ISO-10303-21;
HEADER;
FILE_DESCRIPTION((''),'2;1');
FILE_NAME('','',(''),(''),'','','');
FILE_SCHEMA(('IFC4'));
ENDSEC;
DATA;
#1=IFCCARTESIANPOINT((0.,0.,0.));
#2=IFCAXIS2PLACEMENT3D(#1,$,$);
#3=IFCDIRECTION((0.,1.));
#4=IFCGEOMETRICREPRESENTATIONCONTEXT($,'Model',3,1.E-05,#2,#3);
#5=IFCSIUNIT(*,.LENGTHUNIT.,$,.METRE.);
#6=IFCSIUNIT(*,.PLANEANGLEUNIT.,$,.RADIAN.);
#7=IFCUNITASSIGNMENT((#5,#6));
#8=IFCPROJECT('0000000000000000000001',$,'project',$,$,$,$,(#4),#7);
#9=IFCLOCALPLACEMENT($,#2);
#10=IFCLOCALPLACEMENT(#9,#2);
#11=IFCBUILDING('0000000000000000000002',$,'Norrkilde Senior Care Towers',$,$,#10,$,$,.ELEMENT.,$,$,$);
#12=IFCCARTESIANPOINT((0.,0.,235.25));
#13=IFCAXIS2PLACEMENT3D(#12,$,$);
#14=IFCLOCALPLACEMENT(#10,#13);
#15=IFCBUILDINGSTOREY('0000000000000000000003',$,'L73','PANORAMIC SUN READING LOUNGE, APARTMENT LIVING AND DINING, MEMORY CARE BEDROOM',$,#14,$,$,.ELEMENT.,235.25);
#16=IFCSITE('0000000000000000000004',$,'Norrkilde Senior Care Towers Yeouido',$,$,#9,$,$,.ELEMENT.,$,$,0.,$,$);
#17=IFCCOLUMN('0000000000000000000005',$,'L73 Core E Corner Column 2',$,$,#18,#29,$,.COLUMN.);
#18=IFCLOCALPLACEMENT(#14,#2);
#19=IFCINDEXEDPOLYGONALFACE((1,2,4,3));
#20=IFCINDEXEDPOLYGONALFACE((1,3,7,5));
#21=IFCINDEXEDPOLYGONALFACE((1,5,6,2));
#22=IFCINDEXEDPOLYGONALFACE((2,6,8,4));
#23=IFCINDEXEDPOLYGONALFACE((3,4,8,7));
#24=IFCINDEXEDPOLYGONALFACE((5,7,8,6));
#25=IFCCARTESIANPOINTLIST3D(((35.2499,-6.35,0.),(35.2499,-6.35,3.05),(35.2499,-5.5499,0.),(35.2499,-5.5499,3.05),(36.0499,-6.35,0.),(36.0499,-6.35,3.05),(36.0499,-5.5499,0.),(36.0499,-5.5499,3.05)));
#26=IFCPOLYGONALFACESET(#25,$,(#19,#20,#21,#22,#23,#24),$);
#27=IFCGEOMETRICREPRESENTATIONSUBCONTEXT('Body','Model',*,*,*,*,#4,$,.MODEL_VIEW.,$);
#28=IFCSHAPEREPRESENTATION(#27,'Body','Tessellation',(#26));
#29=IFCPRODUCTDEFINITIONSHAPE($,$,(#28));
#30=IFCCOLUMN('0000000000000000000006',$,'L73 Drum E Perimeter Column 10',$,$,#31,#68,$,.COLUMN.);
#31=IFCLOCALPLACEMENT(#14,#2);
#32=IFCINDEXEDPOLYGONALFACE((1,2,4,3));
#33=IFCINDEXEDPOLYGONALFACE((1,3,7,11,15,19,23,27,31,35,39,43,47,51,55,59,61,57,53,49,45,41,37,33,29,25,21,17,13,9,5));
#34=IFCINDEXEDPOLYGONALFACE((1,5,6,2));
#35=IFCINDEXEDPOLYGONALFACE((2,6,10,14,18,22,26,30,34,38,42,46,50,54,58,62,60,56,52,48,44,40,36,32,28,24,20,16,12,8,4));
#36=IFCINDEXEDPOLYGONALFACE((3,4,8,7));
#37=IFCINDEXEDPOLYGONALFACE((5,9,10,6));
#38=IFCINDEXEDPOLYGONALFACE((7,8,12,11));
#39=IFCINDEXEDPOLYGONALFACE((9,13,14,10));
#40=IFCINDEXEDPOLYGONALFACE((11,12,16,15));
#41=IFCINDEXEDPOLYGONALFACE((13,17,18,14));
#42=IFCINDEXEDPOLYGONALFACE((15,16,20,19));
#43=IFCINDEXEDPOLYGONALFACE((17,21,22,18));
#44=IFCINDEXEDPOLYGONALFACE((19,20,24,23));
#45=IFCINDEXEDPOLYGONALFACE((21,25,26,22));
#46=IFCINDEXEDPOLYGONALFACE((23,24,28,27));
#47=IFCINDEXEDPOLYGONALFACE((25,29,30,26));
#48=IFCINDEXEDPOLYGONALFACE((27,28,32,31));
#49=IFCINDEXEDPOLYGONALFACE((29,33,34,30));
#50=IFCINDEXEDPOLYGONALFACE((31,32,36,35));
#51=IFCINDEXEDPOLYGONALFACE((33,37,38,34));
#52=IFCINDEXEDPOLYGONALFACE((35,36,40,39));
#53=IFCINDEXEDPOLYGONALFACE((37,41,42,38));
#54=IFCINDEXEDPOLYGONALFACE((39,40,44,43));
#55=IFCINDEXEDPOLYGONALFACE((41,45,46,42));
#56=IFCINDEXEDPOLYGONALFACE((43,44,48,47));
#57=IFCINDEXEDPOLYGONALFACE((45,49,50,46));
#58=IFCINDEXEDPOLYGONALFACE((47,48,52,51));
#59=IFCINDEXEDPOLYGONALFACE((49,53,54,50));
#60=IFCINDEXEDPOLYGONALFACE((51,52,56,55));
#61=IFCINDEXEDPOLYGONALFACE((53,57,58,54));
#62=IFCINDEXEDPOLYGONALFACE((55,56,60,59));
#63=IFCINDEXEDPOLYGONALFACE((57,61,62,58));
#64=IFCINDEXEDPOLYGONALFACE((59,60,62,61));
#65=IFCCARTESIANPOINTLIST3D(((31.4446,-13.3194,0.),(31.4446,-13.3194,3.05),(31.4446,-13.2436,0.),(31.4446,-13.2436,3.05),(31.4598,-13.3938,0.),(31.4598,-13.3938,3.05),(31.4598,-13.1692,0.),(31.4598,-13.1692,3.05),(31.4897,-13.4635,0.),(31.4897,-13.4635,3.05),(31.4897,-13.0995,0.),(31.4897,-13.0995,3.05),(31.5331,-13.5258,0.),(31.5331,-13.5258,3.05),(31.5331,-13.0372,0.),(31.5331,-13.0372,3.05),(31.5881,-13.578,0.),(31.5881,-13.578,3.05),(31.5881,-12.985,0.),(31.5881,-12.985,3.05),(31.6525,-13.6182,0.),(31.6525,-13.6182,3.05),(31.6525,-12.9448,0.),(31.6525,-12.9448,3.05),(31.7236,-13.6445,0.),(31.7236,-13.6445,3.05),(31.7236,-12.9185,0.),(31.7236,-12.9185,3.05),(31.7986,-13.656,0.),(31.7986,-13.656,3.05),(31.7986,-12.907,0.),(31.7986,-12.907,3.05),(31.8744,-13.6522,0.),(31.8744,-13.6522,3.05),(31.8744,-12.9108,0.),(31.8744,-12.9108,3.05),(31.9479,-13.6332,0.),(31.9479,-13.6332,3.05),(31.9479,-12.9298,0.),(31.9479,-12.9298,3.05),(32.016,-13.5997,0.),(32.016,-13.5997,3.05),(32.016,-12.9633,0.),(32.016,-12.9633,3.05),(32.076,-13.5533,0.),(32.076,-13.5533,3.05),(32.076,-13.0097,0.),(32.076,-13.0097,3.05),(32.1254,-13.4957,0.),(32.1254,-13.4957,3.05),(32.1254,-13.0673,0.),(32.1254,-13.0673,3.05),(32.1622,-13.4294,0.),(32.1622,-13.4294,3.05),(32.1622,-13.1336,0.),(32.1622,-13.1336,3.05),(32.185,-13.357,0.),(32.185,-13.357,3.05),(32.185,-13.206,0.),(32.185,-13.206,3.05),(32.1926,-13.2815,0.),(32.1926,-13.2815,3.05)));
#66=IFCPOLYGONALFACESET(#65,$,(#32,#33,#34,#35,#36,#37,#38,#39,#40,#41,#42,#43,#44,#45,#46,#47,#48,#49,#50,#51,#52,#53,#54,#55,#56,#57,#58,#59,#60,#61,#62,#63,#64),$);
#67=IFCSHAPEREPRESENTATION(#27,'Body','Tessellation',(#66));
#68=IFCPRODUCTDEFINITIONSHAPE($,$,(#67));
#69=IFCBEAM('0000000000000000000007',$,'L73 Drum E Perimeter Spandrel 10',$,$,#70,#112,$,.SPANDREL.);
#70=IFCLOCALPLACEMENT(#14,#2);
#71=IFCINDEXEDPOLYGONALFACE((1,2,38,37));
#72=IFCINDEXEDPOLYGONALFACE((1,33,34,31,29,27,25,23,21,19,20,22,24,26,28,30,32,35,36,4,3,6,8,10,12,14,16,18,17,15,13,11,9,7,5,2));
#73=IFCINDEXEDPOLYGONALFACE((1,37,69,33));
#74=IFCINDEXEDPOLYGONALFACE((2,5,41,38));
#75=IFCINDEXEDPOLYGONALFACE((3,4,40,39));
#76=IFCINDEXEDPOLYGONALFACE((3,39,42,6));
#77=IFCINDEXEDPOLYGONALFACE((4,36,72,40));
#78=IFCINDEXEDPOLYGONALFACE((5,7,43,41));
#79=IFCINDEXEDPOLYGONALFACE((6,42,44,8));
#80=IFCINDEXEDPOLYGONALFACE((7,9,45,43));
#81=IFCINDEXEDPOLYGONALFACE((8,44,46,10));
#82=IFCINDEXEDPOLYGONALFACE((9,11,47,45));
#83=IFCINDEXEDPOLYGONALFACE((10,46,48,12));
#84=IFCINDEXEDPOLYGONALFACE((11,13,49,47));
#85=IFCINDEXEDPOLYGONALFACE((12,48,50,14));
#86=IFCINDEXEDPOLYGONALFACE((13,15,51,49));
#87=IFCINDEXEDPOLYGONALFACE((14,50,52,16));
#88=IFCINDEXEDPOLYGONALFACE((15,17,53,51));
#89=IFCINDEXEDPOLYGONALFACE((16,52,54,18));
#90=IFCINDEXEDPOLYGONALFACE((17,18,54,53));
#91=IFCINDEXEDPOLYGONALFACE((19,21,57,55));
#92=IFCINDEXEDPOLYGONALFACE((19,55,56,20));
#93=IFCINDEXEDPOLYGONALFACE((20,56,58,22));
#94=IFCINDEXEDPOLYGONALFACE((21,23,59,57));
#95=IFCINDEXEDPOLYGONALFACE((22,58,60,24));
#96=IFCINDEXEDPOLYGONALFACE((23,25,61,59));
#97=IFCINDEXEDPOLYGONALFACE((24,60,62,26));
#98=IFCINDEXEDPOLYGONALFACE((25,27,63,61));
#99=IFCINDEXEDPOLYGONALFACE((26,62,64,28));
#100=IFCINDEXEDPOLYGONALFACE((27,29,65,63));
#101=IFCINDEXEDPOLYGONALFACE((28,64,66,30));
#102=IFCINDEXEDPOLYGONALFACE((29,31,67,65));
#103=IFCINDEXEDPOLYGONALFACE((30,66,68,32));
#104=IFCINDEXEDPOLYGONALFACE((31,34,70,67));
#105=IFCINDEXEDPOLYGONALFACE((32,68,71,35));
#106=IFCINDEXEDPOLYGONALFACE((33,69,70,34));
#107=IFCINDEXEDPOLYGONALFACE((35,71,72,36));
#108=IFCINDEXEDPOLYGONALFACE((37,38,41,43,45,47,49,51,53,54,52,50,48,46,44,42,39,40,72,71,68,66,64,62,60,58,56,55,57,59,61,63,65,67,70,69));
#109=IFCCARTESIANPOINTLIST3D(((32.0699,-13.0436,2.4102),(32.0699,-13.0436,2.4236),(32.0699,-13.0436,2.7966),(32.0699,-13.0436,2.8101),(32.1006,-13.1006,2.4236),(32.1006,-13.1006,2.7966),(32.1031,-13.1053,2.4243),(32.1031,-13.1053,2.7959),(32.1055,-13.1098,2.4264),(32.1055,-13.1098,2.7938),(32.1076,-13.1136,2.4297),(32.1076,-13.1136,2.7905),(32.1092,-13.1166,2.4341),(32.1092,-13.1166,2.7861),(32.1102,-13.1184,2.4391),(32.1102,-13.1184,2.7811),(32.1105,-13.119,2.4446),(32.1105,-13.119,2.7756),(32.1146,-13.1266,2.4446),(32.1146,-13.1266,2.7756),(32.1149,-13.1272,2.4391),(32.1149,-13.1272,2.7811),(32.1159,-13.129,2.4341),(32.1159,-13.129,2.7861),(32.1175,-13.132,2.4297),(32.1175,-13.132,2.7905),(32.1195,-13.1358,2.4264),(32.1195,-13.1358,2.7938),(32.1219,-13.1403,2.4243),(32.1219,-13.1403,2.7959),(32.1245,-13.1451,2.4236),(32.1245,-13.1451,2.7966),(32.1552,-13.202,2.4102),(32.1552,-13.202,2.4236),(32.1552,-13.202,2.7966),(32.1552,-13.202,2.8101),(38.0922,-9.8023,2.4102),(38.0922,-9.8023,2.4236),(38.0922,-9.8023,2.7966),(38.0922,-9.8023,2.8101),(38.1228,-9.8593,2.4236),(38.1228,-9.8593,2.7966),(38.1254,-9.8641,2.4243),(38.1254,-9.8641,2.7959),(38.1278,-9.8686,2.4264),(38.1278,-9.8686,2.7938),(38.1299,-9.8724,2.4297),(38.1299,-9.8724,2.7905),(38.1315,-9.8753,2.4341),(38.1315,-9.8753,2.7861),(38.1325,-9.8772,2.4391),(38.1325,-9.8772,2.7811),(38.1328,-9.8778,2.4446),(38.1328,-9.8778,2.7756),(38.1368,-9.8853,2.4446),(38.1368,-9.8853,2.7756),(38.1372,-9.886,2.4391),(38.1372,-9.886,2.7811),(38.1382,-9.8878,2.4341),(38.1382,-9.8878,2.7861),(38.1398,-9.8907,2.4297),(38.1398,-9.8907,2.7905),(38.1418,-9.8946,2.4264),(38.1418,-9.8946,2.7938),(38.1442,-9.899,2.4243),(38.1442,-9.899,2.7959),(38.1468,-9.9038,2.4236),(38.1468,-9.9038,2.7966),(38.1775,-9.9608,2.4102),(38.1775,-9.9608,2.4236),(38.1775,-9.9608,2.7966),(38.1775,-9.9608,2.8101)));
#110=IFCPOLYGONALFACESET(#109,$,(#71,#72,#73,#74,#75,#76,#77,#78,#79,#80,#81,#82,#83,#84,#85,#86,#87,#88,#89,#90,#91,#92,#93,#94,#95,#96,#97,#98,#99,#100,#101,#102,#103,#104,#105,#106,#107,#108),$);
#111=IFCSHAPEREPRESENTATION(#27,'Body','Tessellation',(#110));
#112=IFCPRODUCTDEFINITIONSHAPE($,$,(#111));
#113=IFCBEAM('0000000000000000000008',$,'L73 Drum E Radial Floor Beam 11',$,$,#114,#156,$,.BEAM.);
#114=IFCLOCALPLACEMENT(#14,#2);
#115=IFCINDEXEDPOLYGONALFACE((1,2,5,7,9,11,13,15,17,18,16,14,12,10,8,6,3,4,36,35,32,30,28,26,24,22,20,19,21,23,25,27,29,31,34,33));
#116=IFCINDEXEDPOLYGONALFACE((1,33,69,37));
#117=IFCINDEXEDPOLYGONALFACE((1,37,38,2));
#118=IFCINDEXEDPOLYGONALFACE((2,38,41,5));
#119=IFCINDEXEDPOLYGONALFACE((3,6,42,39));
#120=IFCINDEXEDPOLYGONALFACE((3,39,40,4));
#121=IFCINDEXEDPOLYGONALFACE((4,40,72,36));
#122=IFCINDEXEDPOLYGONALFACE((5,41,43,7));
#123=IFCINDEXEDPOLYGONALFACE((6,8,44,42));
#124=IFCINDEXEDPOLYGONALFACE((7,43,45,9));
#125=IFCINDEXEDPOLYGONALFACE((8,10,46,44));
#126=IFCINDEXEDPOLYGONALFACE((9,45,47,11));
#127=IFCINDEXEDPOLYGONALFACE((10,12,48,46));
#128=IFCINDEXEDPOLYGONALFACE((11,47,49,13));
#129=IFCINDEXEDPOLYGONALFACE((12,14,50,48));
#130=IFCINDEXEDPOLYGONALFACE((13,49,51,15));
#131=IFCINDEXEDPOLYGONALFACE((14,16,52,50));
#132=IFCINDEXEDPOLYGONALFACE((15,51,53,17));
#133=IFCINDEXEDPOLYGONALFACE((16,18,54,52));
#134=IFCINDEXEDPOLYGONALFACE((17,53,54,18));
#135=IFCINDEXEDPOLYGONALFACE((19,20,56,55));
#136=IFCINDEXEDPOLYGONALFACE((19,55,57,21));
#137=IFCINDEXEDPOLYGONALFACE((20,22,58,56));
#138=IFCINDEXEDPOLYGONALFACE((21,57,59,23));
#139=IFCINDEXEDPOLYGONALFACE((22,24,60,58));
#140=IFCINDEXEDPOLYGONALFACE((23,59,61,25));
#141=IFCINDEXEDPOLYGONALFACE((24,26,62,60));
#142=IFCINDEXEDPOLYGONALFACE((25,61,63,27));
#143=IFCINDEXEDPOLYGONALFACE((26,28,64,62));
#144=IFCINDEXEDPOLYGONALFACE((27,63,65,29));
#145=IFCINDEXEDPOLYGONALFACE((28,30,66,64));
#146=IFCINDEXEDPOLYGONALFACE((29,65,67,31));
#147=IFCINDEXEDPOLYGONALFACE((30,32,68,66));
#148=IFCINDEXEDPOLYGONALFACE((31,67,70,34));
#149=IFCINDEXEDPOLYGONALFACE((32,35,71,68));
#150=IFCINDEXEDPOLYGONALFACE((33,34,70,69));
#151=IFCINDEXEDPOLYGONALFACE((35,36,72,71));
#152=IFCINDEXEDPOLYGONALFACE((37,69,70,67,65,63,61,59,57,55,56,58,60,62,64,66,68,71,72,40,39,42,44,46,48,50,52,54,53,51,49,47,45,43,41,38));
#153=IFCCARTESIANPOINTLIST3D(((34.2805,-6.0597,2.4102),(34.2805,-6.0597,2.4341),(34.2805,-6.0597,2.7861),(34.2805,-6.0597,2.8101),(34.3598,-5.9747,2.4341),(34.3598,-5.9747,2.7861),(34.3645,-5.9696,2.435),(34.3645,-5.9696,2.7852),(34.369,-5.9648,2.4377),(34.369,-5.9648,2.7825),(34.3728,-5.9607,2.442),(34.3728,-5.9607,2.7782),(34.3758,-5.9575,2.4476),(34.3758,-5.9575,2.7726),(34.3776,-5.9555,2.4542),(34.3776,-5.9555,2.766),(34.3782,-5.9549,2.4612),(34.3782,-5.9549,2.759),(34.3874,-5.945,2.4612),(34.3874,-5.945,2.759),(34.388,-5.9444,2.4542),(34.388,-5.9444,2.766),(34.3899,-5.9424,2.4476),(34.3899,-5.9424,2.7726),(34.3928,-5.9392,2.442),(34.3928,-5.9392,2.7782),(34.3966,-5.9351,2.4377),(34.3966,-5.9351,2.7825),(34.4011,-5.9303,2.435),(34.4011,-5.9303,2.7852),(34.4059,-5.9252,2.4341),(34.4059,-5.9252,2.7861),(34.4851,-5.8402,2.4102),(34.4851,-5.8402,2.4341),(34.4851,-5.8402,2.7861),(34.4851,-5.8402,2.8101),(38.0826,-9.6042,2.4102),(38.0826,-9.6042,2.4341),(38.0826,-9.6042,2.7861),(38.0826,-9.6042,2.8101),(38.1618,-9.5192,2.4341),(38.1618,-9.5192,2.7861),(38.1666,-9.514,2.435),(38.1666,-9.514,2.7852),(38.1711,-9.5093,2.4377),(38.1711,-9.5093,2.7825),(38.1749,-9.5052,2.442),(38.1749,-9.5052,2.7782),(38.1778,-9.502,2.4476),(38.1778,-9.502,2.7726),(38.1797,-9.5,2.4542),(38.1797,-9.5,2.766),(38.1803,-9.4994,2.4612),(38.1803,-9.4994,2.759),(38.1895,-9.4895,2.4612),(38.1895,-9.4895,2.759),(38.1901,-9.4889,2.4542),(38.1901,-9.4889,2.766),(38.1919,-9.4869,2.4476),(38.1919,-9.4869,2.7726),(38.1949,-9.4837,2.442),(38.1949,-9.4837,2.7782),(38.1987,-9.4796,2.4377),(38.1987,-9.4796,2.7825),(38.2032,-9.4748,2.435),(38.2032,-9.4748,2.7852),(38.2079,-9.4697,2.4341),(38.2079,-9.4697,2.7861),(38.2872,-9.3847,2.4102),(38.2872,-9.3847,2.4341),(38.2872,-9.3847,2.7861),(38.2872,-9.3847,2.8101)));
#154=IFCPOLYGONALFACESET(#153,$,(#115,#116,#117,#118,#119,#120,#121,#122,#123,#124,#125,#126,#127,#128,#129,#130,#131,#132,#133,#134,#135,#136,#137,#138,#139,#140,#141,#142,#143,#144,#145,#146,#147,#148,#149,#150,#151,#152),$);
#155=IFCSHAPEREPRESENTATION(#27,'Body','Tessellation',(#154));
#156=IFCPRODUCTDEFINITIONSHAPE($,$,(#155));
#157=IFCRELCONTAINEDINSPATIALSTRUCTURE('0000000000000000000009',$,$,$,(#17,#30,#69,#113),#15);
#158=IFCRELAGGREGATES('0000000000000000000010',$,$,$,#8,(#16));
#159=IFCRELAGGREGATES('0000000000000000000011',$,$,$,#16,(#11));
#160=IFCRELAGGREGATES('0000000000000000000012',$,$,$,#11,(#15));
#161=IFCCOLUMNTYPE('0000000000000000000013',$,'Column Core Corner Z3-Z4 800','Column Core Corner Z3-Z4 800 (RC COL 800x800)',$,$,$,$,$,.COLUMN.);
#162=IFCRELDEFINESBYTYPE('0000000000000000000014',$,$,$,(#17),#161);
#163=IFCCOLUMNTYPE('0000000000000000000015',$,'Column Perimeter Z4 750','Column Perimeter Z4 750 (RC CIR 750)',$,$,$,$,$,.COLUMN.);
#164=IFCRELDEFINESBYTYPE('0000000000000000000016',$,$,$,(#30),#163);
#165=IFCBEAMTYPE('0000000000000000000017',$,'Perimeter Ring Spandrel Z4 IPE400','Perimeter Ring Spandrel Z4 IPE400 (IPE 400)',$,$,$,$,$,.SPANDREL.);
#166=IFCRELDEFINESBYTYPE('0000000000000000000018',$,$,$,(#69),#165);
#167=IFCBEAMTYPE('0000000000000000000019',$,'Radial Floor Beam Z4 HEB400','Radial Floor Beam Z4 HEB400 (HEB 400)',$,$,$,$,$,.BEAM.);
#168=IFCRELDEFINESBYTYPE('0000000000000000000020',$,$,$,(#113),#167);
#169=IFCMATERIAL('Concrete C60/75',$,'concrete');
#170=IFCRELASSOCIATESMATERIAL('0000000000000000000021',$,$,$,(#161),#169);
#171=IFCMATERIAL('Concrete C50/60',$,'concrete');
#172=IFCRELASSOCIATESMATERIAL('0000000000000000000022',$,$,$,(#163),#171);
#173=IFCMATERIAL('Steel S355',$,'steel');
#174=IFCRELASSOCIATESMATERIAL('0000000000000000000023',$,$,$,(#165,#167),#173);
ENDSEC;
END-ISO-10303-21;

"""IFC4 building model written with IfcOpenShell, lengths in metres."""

from ifc_helpers import new_model, si_unit, direction, frame, origin, origin_2d, place, context, subcontext, project, spatial, rectangle, circle, i_section, extrude, source, transform, mapped, material, material_profile, profile_set, type_object, type_shapes, element, save


model = new_model("IFC4")

# Units and contexts
model_context = context("Model", 3, precision=1e-05, world=origin(), true_north=direction((0.0, 1.0)))
body_context = subcontext(model_context, "Body", "Model", "MODEL_VIEW")
ifc_project = project(units=[si_unit("LENGTHUNIT", "METRE"), si_unit("PLANEANGLEUNIT", "RADIAN")], contexts=[model_context])

# Site, building, storey
site_placement = place(None, origin())
site = spatial("IfcSite", under=ifc_project, at=site_placement, Name="Norrkilde Senior Care Towers Yeouido", CompositionType="ELEMENT", RefElevation=0.0)
building_placement = place(site_placement, origin())
building = spatial("IfcBuilding", under=site, at=building_placement, Name="Norrkilde Senior Care Towers", CompositionType="ELEMENT")
storey_placement = place(building_placement, frame((0.0, 0.0, 235.25)))
storey = spatial("IfcBuildingStorey", under=building, at=storey_placement, Name="L73", Description="PANORAMIC SUN READING LOUNGE, APARTMENT LIVING AND DINING, MEMORY CARE BEDROOM", CompositionType="ELEMENT", Elevation=235.25)

# Columns
ifc_material_1 = material(Name="Concrete C60/75", Category="concrete")
ifc_material_profile_1 = material_profile(ifc_material_1, rectangle(XDim=0.8, YDim=0.8, at=origin_2d()), Name="RC COL 800x800")
ifc_profile_set_1 = profile_set([ifc_material_profile_1], Name="Concrete C60/75")
column_type_1 = type_object("IfcColumnType", Name="Column Core Corner Z3-Z4 800", Description="Column Core Corner Z3-Z4 800 (RC COL 800x800)", PredefinedType="COLUMN", material=ifc_profile_set_1)
shared_shape_1 = source(origin(), body_context, "Body", "SweptSolid", [
    extrude(rectangle(XDim=0.8, YDim=0.8, at=origin_2d()), origin(), (0.0, 0.0, 1.0), 3.05),
])
type_shapes(column_type_1, [shared_shape_1])
column_1_placement = place(storey_placement, frame((35.6499, -5.95, 0.0), z_axis=(0.0, 0.0, 1.0), x_axis=(1.0, 0.0, 0.0)))
element("IfcColumn", 1, at=column_1_placement, inside=storey, type_object=column_type_1, Name="L73 Core E Corner Column 2", PredefinedType="COLUMN", context=body_context, shape_type="MappedRepresentation", body=[
    mapped(shared_shape_1, transform((0.0, 0.0, 0.0), x_axis=(1.0, 0.0, 0.0), y_axis=(0.0, 1.0, 0.0), z_axis=(0.0, 0.0, 1.0), scale=1.0)),
])
ifc_material_2 = material(Name="Concrete C50/60", Category="concrete")
ifc_material_profile_2 = material_profile(ifc_material_2, circle(Radius=0.375, at=origin_2d()), Name="RC CIR 750")
ifc_profile_set_2 = profile_set([ifc_material_profile_2], Name="Concrete C50/60")
column_type_2 = type_object("IfcColumnType", Name="Column Perimeter Z4 750", Description="Column Perimeter Z4 750 (RC CIR 750)", PredefinedType="COLUMN", material=ifc_profile_set_2)
shared_shape_2 = source(origin(), body_context, "Body", "SweptSolid", [
    extrude(circle(Radius=0.375, at=origin_2d()), origin(), (0.0, 0.0, 1.0), 3.05),
])
type_shapes(column_type_2, [shared_shape_2])
column_2_placement = place(storey_placement, frame((31.8176, -13.2815, 0.0), z_axis=(0.0, 0.0, 1.0), x_axis=(1.0, 0.0, 0.0)))
element("IfcColumn", 2, at=column_2_placement, inside=storey, type_object=column_type_2, Name="L73 Drum E Perimeter Column 10", PredefinedType="COLUMN", context=body_context, shape_type="MappedRepresentation", body=[
    mapped(shared_shape_2, transform((0.0, 0.0, 0.0), x_axis=(1.0, 0.0, 0.0), y_axis=(0.0, 1.0, 0.0), z_axis=(0.0, 0.0, 1.0), scale=1.0)),
])

# Beams
ifc_material_3 = material(Name="Steel S355", Category="steel")
ifc_material_profile_3 = material_profile(ifc_material_3, i_section(OverallWidth=0.1799, OverallDepth=0.3999, WebThickness=0.0085, FlangeThickness=0.0134, FilletRadius=0.021, at=origin_2d()), Name="IPE 400")
ifc_profile_set_3 = profile_set([ifc_material_profile_3], Name="Steel S355")
beam_type_1 = type_object("IfcBeamType", Name="Perimeter Ring Spandrel Z4 IPE400", Description="Perimeter Ring Spandrel Z4 IPE400 (IPE 400)", PredefinedType="SPANDREL", material=ifc_profile_set_3)
shared_shape_3 = source(origin(), body_context, "Body", "SweptSolid", [
    extrude(i_section(OverallWidth=0.1799, OverallDepth=0.3999, WebThickness=0.0085, FlangeThickness=0.0134, FilletRadius=0.021, at=origin_2d()), origin(), (0.0, 0.0, 1.0), 6.8391),
])
type_shapes(beam_type_1, [shared_shape_3])
beam_1_placement = place(storey_placement, frame((32.1125, -13.1228, 2.6101), z_axis=(0.880564, 0.473927, 0.0), x_axis=(-0.473927, 0.880564, 0.0)))
element("IfcBeam", 3, at=beam_1_placement, inside=storey, type_object=beam_type_1, Name="L73 Drum E Perimeter Spandrel 10", PredefinedType="SPANDREL", context=body_context, shape_type="MappedRepresentation", body=[
    mapped(shared_shape_3, transform((0.0, 0.0, 0.0), x_axis=(1.0, 0.0, 0.0), y_axis=(0.0, 1.0, 0.0), z_axis=(0.0, 0.0, 1.0), scale=1.0)),
])
ifc_material_profile_4 = material_profile(ifc_material_3, i_section(OverallWidth=0.3, OverallDepth=0.3999, WebThickness=0.0134, FlangeThickness=0.0239, FilletRadius=0.0271, at=origin_2d()), Name="HEB 400")
ifc_profile_set_4 = profile_set([ifc_material_profile_4], Name="Steel S355")
beam_type_2 = type_object("IfcBeamType", Name="Radial Floor Beam Z4 HEB400", Description="Radial Floor Beam Z4 HEB400 (HEB 400)", PredefinedType="BEAM", material=ifc_profile_set_4)
shared_shape_4 = source(origin(), body_context, "Body", "SweptSolid", [
    extrude(i_section(OverallWidth=0.3, OverallDepth=0.3999, WebThickness=0.0134, FlangeThickness=0.0239, FilletRadius=0.0271, at=origin_2d()), origin(), (0.0, 0.0, 1.0), 5.198),
])
beam_2_placement = place(storey_placement, frame((34.3828, -5.95, 2.6101), z_axis=(0.731449, -0.681896, 0.0), x_axis=(0.681896, 0.731449, 0.0)))
element("IfcBeam", 4, at=beam_2_placement, inside=storey, type_object=beam_type_2, Name="L73 Drum E Radial Floor Beam 11", PredefinedType="BEAM", context=body_context, shape_type="MappedRepresentation", body=[
    mapped(shared_shape_4, transform((0.0, 0.0, 0.0), x_axis=(1.0, 0.0, 0.0), y_axis=(0.0, 1.0, 0.0), z_axis=(0.0, 0.0, 1.0), scale=1.0)),
])

save(model, "model.ifc")
